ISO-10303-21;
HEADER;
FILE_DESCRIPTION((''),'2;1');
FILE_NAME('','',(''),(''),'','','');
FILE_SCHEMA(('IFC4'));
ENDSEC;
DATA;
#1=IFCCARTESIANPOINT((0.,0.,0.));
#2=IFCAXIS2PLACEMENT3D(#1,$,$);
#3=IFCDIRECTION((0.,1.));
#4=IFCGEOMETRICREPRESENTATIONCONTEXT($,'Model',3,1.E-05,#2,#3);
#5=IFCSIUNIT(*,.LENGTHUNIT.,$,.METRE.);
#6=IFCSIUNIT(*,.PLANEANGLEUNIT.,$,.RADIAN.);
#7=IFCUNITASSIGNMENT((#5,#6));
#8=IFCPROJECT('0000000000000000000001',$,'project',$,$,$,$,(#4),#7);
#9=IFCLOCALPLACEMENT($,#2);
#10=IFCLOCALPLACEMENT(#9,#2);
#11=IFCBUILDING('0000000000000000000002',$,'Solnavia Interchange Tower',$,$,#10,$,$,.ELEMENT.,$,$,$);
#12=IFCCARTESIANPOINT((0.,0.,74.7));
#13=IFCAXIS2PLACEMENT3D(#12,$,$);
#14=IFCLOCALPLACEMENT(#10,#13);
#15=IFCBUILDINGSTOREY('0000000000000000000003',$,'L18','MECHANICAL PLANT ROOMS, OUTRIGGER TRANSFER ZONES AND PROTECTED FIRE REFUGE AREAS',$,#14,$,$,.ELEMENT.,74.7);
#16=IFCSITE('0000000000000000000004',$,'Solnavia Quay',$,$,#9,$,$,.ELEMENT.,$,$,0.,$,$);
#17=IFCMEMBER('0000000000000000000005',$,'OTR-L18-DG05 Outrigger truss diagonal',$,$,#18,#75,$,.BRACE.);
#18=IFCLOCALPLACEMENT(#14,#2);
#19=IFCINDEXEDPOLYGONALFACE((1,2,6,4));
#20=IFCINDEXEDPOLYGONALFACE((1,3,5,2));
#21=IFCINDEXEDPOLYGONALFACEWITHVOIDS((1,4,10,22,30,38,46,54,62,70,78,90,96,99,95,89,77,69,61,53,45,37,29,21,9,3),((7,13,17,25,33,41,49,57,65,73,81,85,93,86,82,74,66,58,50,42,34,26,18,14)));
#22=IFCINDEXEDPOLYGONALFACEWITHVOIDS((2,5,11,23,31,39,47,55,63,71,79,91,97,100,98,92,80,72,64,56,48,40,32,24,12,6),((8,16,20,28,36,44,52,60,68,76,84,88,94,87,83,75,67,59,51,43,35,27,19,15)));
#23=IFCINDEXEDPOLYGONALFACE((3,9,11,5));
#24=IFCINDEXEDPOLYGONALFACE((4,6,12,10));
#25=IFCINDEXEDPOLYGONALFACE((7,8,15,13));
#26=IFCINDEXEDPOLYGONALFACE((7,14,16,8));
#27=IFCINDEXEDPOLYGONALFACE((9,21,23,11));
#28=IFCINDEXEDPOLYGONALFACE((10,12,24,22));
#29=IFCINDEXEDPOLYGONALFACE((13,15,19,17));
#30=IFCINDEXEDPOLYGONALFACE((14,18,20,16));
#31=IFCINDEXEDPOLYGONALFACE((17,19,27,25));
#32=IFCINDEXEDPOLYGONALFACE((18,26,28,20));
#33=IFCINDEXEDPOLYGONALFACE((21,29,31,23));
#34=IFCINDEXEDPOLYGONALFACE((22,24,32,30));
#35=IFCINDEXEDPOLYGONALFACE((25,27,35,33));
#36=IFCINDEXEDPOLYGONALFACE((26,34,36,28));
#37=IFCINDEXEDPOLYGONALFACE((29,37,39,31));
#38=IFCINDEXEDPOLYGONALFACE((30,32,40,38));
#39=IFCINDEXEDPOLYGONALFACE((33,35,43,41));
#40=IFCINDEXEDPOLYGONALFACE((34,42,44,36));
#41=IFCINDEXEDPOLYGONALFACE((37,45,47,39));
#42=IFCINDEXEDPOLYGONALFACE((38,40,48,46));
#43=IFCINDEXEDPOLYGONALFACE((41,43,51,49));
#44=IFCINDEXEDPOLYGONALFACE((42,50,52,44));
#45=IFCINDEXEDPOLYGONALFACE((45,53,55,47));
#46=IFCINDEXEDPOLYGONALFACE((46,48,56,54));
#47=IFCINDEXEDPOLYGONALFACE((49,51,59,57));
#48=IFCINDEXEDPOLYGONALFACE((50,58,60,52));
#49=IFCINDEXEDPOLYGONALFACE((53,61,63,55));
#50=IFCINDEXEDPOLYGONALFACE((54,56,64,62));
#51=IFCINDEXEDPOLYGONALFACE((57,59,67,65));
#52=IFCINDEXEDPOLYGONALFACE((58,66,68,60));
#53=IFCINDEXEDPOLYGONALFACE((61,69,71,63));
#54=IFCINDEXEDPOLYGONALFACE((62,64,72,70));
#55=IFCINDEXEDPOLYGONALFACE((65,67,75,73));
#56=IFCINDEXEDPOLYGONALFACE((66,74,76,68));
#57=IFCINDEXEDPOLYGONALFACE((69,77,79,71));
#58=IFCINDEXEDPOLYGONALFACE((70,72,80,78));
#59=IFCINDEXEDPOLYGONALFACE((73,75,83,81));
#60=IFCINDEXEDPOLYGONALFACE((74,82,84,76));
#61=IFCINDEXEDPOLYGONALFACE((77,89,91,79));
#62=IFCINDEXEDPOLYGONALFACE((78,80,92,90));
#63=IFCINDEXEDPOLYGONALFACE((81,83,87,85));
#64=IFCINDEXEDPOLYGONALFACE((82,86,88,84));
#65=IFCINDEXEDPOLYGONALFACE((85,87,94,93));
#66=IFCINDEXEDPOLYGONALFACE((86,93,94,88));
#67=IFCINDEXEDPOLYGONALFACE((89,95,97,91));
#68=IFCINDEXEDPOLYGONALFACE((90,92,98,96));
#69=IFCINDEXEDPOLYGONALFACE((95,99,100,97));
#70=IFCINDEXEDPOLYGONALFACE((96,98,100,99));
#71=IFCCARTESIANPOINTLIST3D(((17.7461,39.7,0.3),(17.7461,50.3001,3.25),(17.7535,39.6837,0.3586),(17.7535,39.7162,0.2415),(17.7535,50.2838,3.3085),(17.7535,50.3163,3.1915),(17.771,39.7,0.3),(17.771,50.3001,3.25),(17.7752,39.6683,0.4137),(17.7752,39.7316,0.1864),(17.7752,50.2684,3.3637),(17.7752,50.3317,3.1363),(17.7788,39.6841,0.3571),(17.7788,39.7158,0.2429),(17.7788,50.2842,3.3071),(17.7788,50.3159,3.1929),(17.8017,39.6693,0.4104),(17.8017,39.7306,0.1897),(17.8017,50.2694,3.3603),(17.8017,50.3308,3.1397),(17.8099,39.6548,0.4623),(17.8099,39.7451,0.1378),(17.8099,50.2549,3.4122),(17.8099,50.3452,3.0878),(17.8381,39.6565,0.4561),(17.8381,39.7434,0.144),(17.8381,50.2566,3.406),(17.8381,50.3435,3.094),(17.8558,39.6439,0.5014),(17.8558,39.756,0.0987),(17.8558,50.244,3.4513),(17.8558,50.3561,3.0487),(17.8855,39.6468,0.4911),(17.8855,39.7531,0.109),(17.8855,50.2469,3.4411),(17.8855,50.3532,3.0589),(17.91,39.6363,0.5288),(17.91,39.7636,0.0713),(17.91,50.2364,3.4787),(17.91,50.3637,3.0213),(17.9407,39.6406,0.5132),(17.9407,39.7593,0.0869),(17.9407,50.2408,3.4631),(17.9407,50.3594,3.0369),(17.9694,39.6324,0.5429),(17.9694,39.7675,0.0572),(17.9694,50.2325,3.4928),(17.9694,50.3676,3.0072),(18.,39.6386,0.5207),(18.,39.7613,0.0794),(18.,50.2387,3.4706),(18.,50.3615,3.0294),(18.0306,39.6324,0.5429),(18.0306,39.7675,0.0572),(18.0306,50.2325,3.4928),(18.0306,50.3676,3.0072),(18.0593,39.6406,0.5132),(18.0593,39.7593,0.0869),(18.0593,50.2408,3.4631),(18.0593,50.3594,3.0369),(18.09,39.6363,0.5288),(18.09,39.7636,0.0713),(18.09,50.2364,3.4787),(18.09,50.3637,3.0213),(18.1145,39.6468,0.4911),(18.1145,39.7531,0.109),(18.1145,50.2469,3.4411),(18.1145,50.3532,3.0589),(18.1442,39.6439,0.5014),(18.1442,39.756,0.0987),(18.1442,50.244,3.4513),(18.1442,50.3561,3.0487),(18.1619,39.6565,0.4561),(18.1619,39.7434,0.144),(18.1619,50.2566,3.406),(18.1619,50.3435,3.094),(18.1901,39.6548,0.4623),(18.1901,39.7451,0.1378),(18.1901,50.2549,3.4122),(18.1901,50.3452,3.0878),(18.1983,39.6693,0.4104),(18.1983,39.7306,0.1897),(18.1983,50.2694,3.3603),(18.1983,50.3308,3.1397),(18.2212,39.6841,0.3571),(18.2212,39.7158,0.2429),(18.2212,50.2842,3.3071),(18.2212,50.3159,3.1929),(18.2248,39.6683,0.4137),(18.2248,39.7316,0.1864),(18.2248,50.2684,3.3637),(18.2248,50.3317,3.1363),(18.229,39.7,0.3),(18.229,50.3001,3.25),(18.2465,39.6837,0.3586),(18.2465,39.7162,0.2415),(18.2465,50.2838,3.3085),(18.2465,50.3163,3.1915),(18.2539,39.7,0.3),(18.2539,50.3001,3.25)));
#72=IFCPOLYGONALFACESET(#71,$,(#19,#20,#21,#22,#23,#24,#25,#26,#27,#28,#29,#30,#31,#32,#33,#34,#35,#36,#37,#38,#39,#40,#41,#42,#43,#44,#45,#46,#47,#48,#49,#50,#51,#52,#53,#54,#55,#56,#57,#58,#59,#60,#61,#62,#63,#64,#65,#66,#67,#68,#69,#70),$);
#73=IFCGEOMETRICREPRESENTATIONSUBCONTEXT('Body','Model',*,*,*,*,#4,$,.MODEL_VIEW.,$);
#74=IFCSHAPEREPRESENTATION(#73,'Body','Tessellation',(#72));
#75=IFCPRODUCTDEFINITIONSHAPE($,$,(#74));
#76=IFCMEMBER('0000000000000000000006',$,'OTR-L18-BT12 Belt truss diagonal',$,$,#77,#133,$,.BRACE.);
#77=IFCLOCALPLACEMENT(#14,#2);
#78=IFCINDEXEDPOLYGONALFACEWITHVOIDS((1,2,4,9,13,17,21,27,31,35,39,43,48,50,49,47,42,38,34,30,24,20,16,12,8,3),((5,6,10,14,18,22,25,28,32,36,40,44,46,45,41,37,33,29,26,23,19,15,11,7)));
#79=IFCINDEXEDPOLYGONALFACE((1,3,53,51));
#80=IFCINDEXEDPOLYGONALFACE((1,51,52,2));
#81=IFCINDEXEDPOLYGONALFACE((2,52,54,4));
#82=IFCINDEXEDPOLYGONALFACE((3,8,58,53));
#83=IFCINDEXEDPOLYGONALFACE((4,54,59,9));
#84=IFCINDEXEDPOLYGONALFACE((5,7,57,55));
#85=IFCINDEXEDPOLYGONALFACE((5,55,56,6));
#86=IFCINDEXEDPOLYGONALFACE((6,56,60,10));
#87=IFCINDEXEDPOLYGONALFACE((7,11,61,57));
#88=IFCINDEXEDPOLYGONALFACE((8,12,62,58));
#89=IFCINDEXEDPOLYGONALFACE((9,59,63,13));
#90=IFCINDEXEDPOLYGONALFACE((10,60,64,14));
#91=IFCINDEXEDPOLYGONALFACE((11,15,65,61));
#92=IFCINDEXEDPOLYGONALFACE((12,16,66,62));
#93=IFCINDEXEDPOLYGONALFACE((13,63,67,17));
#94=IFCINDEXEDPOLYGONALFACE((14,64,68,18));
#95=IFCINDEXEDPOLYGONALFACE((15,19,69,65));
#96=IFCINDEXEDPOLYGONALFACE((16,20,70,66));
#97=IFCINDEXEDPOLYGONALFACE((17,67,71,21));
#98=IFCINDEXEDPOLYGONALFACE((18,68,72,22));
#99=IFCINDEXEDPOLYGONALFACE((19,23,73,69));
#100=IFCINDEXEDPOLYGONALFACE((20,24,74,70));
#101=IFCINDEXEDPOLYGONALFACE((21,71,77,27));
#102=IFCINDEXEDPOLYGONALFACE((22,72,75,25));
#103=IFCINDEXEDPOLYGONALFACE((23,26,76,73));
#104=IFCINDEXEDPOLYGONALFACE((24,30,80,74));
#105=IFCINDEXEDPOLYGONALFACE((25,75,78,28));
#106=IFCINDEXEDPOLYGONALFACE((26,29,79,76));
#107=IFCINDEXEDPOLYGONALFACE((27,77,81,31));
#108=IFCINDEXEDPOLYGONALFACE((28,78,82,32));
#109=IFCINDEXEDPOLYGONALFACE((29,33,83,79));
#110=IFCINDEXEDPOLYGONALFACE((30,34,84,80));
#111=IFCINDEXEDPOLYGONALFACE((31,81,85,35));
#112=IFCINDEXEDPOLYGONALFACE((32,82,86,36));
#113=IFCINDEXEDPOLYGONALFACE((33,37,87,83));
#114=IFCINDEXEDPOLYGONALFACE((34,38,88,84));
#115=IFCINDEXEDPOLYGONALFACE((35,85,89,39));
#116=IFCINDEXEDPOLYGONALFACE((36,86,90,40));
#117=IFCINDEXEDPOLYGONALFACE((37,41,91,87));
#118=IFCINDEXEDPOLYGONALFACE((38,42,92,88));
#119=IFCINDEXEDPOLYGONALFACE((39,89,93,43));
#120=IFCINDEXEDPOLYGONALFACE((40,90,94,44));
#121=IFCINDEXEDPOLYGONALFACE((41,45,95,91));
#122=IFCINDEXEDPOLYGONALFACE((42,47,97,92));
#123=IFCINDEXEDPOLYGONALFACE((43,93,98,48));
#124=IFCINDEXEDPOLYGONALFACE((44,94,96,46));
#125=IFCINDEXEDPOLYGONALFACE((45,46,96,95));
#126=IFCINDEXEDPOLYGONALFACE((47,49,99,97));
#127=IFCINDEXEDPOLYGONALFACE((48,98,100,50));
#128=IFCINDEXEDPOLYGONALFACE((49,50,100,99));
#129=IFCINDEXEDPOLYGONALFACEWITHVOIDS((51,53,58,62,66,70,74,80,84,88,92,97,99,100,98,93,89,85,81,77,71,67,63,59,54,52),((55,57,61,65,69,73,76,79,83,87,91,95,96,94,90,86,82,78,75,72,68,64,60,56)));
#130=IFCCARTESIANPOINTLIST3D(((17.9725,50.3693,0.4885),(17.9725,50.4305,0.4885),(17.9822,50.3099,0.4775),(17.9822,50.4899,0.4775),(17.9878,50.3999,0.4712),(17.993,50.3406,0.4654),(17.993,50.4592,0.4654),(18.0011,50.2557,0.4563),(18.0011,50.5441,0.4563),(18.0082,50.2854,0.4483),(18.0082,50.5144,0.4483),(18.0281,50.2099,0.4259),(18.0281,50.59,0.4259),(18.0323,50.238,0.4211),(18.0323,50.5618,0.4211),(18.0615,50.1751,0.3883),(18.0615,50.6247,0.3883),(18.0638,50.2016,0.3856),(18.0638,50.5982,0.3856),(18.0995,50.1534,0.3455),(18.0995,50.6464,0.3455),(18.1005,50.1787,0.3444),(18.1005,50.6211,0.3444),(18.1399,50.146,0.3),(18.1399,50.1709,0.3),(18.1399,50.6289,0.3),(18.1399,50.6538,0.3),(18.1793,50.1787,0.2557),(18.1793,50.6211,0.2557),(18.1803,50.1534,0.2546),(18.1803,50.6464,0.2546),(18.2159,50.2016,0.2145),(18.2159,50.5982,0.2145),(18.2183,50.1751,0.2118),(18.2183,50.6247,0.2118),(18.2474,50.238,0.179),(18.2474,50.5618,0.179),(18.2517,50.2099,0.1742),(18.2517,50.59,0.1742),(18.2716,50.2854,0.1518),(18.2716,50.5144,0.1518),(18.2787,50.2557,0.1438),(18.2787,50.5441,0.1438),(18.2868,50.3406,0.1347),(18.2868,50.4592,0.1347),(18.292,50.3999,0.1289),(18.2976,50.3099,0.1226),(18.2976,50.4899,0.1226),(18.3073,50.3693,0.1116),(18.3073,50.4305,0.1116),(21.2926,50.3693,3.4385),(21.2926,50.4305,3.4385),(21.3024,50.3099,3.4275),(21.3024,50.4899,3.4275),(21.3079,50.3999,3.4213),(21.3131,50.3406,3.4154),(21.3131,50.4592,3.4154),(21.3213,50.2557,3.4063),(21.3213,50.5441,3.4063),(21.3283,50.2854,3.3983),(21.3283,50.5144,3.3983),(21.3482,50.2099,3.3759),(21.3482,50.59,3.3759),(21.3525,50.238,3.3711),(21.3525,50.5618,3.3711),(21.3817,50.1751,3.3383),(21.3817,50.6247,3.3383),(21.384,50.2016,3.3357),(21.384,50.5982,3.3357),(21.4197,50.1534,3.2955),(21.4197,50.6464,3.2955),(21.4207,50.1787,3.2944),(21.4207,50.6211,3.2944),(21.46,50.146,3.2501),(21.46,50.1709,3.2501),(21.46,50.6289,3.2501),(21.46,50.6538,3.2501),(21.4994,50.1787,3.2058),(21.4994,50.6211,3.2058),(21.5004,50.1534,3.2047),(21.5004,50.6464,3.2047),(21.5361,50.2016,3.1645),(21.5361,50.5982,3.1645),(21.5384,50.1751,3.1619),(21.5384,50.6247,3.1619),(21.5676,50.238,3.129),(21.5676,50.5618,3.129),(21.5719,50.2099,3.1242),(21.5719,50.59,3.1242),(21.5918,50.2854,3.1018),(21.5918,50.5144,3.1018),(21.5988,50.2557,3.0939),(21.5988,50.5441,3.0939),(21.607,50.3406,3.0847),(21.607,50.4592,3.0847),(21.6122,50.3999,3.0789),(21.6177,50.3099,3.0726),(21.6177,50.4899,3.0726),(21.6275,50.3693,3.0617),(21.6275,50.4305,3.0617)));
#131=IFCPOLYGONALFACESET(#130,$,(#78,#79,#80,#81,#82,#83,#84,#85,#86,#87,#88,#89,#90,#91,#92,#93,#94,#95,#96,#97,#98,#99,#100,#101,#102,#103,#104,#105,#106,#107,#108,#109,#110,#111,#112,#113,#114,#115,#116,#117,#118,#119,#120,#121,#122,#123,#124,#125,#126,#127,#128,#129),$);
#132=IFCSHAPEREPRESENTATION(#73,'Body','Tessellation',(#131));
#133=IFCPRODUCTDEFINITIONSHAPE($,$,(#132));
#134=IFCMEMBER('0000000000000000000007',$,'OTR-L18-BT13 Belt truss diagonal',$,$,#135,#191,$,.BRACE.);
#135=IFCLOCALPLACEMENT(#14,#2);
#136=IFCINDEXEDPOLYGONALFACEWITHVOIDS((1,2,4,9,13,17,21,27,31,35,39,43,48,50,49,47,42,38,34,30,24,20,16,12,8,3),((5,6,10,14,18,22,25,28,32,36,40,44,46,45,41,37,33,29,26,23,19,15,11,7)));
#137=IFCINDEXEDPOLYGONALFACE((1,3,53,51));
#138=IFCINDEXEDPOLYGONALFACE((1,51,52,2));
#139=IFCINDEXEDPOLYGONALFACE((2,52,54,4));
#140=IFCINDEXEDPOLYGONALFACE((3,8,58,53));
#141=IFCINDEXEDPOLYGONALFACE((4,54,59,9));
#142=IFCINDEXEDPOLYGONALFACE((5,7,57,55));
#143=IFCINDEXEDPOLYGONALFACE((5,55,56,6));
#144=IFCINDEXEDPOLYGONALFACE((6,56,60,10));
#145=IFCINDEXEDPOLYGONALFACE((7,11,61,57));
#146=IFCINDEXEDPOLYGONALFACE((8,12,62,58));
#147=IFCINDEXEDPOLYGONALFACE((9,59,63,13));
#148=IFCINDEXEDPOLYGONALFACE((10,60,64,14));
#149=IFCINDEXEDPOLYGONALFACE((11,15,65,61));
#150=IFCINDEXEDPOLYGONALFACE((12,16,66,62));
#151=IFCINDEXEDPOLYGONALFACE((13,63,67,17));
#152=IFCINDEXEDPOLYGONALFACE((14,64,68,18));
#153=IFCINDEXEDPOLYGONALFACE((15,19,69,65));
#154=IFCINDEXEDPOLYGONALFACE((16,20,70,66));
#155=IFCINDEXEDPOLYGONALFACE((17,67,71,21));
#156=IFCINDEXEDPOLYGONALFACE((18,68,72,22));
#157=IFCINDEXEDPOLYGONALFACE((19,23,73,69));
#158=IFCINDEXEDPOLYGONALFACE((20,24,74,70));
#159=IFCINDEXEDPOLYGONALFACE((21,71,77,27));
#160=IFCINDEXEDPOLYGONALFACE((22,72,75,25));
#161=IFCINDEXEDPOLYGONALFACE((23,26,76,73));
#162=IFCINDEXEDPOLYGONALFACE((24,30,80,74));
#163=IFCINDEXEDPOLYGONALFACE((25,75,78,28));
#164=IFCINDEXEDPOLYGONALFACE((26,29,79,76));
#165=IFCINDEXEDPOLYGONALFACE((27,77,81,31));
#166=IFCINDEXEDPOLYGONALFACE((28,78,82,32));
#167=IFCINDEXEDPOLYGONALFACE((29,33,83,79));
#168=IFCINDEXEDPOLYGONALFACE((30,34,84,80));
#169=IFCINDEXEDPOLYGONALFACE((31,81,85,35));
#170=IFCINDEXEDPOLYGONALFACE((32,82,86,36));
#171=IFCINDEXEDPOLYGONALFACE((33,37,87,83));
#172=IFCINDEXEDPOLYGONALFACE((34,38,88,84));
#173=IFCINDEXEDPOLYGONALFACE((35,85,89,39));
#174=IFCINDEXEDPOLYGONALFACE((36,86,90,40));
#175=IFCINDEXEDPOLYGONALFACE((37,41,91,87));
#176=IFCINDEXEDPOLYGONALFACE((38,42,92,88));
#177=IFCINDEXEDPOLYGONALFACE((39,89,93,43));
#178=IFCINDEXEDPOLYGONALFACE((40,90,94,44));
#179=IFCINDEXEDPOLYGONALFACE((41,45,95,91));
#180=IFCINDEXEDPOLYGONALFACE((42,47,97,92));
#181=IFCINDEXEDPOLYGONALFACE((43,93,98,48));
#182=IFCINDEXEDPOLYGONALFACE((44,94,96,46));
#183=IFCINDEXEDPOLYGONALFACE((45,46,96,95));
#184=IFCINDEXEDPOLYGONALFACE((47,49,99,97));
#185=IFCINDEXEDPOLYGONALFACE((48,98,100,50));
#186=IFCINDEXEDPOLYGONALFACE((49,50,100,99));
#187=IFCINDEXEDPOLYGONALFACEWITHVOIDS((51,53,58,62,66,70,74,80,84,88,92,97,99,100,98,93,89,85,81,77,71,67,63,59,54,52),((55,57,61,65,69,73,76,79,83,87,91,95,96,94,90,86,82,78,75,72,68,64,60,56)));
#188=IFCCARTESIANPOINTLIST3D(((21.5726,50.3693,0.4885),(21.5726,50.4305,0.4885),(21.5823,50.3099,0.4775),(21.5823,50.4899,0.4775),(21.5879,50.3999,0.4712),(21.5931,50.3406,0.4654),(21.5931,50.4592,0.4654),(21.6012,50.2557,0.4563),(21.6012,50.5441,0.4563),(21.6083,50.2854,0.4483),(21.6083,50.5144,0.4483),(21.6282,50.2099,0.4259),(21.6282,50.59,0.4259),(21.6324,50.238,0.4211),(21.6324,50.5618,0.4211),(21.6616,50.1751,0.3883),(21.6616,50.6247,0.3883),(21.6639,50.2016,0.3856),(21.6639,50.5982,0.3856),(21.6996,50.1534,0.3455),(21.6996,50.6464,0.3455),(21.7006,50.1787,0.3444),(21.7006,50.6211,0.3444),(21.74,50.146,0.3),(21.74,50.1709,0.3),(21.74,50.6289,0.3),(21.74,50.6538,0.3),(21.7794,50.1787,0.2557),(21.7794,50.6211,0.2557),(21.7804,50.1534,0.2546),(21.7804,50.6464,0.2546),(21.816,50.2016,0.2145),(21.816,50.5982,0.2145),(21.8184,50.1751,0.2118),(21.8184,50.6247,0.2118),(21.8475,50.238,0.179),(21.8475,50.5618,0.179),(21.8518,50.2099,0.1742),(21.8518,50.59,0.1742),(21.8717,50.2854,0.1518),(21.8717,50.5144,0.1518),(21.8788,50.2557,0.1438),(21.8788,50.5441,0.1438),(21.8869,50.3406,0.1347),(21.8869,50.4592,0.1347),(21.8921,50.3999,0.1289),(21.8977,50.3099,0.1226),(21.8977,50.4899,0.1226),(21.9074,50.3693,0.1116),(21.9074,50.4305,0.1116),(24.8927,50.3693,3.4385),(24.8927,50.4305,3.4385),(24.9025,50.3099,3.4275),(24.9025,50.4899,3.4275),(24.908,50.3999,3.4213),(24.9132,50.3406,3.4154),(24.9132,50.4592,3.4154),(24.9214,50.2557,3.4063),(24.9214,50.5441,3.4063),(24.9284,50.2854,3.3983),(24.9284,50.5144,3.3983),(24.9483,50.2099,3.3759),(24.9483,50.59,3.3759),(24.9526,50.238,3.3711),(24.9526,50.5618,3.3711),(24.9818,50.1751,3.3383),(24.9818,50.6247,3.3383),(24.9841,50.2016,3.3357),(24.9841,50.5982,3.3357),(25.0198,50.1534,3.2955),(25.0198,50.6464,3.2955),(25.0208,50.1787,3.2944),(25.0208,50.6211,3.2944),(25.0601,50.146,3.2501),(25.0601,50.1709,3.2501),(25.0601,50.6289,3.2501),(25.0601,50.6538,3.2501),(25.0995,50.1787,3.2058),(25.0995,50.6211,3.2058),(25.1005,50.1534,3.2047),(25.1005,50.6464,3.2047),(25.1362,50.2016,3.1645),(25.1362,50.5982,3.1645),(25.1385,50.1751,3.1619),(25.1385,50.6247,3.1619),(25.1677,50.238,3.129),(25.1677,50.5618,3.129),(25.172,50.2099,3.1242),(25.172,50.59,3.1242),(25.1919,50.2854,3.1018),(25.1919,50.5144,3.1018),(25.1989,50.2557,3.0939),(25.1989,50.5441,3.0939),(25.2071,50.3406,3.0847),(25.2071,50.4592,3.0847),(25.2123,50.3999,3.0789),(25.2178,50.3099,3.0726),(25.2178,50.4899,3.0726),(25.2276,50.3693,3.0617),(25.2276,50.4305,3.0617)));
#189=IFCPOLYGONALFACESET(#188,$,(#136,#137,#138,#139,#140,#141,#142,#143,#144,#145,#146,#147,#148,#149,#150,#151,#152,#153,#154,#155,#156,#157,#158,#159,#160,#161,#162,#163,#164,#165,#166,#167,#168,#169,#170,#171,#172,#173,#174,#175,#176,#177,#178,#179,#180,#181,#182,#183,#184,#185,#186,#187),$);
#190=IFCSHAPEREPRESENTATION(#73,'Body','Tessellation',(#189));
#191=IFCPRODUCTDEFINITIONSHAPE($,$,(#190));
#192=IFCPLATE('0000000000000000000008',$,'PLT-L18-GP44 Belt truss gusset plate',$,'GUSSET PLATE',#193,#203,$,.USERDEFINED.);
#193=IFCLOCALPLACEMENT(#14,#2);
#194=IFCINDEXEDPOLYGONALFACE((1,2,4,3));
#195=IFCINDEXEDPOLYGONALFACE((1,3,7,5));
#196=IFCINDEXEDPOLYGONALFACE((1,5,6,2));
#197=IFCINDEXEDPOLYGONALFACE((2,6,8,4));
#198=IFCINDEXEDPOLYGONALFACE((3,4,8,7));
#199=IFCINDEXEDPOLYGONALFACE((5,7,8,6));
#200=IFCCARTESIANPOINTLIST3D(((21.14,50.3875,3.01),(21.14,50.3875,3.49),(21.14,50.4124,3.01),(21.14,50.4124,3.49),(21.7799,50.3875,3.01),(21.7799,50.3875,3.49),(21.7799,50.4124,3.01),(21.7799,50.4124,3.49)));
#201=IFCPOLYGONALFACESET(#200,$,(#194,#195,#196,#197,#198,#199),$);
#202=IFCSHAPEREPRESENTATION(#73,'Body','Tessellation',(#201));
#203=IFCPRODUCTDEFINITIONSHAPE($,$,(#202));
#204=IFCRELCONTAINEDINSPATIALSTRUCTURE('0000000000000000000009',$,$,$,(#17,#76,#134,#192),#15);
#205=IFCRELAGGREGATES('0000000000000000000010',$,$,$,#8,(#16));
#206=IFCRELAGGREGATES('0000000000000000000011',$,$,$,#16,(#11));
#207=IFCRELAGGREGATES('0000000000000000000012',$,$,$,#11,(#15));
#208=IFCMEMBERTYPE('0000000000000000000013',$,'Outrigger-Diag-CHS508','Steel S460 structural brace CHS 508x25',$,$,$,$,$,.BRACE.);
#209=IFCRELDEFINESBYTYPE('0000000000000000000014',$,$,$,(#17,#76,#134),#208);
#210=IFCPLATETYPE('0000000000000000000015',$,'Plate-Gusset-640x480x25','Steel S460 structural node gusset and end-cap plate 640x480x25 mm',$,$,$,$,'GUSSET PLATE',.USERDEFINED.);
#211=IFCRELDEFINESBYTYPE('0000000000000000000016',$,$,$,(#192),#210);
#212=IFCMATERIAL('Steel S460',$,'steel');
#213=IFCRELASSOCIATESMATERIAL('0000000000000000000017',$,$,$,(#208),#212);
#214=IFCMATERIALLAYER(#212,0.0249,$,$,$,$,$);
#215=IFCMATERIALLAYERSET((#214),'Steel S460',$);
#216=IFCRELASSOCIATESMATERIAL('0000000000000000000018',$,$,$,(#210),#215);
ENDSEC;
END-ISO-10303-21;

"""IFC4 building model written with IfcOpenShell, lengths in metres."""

from ifc_helpers import new_model, si_unit, direction, frame, origin, origin_2d, place, context, subcontext, project, spatial, rectangle, hollow_circle, extrude, material, layer, layer_set, material_profile, profile_set, type_object, element, save


model = new_model("IFC4")

# Units and contexts
model_context = context("Model", 3, precision=1e-05, world=origin(), true_north=direction((0.0, 1.0)))
body_context = subcontext(model_context, "Body", "Model", "MODEL_VIEW")
ifc_project = project(units=[si_unit("LENGTHUNIT", "METRE"), si_unit("PLANEANGLEUNIT", "RADIAN")], contexts=[model_context])

# Site, building, storey
site_placement = place(None, origin())
site = spatial("IfcSite", under=ifc_project, at=site_placement, Name="Solnavia Quay", CompositionType="ELEMENT", RefElevation=0.0)
building_placement = place(site_placement, origin())
building = spatial("IfcBuilding", under=site, at=building_placement, Name="Solnavia Interchange Tower", CompositionType="ELEMENT")
storey_placement = place(building_placement, frame((0.0, 0.0, 74.7)))
storey = spatial("IfcBuildingStorey", under=building, at=storey_placement, Name="L18", Description="MECHANICAL PLANT ROOMS, OUTRIGGER TRANSFER ZONES AND PROTECTED FIRE REFUGE AREAS", CompositionType="ELEMENT", Elevation=74.7)

# Members
ifc_material_1 = material(Name="Steel S460", Category="steel")
ifc_material_profile_1 = material_profile(ifc_material_1, hollow_circle(Radius=0.2539, WallThickness=0.0249, at=origin_2d()), Name="CHS 508x25")
ifc_profile_set_1 = profile_set([ifc_material_profile_1], Name="Steel S460")
member_type_1 = type_object("IfcMemberType", Name="Outrigger-Diag-CHS508", Description="Steel S460 structural brace CHS 508x25", PredefinedType="BRACE", material=ifc_profile_set_1)
member_1_placement = place(storey_placement, frame((18.0, 39.7, 0.3), z_axis=(0.0, 0.963389, 0.268106), x_axis=(-1.0, 0.0, 0.0)))
element("IfcMember", 1, at=member_1_placement, inside=storey, type_object=member_type_1, Name="OTR-L18-DG05 Outrigger truss diagonal", PredefinedType="BRACE", context=body_context, shape_type="SweptSolid", body=[
    extrude(hollow_circle(Radius=0.2539, WallThickness=0.0249, at=origin_2d()), origin(), (0.0, 0.0, 1.0), 11.0029),
])
for number, where, z_axis, x_axis, name in (
    (2, (18.1399, 50.3999, 0.3), (0.747546, 0.0, 0.66421), (0.0, 1.0, 0.0), "OTR-L18-BT12 Belt truss diagonal"),
    (3, (21.74, 50.3999, 0.3), (0.747546, 0.0, 0.66421), (0.0, 1.0, 0.0), "OTR-L18-BT13 Belt truss diagonal"),
):
    element("IfcMember", number, at=place(storey_placement, frame(where, z_axis=z_axis, x_axis=x_axis)), inside=storey, type_object=member_type_1, Name=name, PredefinedType="BRACE", context=body_context, shape_type="SweptSolid", body=[
        extrude(hollow_circle(Radius=0.2539, WallThickness=0.0249, at=origin_2d()), origin(), (0.0, 0.0, 1.0), 4.4414),
    ])

# Plate
ifc_layer_1 = layer(ifc_material_1, 0.0249)
ifc_layer_set_1 = layer_set([ifc_layer_1], Name="Steel S460")
plate_type_1 = type_object("IfcPlateType", Name="Plate-Gusset-640x480x25", Description="Steel S460 structural node gusset and end-cap plate 640x480x25 mm", ElementType="GUSSET PLATE", PredefinedType="USERDEFINED", material=ifc_layer_set_1)
for number, where, z_axis, x_axis, name in (
    (4, (21.46, 50.3999, 3.01), (0.0, 0.0, 1.0), (1.0, 0.0, 0.0), "PLT-L18-GP44 Belt truss gusset plate"),
):
    element("IfcPlate", number, at=place(storey_placement, frame(where, z_axis=z_axis, x_axis=x_axis)), inside=storey, type_object=plate_type_1, Name=name, ObjectType="GUSSET PLATE", PredefinedType="USERDEFINED", context=body_context, shape_type="SweptSolid", body=[
        extrude(rectangle(XDim=0.6399, YDim=0.0249, at=origin_2d()), origin(), (0.0, 0.0, 1.0), 0.48),
    ])

save(model, "model.ifc")
